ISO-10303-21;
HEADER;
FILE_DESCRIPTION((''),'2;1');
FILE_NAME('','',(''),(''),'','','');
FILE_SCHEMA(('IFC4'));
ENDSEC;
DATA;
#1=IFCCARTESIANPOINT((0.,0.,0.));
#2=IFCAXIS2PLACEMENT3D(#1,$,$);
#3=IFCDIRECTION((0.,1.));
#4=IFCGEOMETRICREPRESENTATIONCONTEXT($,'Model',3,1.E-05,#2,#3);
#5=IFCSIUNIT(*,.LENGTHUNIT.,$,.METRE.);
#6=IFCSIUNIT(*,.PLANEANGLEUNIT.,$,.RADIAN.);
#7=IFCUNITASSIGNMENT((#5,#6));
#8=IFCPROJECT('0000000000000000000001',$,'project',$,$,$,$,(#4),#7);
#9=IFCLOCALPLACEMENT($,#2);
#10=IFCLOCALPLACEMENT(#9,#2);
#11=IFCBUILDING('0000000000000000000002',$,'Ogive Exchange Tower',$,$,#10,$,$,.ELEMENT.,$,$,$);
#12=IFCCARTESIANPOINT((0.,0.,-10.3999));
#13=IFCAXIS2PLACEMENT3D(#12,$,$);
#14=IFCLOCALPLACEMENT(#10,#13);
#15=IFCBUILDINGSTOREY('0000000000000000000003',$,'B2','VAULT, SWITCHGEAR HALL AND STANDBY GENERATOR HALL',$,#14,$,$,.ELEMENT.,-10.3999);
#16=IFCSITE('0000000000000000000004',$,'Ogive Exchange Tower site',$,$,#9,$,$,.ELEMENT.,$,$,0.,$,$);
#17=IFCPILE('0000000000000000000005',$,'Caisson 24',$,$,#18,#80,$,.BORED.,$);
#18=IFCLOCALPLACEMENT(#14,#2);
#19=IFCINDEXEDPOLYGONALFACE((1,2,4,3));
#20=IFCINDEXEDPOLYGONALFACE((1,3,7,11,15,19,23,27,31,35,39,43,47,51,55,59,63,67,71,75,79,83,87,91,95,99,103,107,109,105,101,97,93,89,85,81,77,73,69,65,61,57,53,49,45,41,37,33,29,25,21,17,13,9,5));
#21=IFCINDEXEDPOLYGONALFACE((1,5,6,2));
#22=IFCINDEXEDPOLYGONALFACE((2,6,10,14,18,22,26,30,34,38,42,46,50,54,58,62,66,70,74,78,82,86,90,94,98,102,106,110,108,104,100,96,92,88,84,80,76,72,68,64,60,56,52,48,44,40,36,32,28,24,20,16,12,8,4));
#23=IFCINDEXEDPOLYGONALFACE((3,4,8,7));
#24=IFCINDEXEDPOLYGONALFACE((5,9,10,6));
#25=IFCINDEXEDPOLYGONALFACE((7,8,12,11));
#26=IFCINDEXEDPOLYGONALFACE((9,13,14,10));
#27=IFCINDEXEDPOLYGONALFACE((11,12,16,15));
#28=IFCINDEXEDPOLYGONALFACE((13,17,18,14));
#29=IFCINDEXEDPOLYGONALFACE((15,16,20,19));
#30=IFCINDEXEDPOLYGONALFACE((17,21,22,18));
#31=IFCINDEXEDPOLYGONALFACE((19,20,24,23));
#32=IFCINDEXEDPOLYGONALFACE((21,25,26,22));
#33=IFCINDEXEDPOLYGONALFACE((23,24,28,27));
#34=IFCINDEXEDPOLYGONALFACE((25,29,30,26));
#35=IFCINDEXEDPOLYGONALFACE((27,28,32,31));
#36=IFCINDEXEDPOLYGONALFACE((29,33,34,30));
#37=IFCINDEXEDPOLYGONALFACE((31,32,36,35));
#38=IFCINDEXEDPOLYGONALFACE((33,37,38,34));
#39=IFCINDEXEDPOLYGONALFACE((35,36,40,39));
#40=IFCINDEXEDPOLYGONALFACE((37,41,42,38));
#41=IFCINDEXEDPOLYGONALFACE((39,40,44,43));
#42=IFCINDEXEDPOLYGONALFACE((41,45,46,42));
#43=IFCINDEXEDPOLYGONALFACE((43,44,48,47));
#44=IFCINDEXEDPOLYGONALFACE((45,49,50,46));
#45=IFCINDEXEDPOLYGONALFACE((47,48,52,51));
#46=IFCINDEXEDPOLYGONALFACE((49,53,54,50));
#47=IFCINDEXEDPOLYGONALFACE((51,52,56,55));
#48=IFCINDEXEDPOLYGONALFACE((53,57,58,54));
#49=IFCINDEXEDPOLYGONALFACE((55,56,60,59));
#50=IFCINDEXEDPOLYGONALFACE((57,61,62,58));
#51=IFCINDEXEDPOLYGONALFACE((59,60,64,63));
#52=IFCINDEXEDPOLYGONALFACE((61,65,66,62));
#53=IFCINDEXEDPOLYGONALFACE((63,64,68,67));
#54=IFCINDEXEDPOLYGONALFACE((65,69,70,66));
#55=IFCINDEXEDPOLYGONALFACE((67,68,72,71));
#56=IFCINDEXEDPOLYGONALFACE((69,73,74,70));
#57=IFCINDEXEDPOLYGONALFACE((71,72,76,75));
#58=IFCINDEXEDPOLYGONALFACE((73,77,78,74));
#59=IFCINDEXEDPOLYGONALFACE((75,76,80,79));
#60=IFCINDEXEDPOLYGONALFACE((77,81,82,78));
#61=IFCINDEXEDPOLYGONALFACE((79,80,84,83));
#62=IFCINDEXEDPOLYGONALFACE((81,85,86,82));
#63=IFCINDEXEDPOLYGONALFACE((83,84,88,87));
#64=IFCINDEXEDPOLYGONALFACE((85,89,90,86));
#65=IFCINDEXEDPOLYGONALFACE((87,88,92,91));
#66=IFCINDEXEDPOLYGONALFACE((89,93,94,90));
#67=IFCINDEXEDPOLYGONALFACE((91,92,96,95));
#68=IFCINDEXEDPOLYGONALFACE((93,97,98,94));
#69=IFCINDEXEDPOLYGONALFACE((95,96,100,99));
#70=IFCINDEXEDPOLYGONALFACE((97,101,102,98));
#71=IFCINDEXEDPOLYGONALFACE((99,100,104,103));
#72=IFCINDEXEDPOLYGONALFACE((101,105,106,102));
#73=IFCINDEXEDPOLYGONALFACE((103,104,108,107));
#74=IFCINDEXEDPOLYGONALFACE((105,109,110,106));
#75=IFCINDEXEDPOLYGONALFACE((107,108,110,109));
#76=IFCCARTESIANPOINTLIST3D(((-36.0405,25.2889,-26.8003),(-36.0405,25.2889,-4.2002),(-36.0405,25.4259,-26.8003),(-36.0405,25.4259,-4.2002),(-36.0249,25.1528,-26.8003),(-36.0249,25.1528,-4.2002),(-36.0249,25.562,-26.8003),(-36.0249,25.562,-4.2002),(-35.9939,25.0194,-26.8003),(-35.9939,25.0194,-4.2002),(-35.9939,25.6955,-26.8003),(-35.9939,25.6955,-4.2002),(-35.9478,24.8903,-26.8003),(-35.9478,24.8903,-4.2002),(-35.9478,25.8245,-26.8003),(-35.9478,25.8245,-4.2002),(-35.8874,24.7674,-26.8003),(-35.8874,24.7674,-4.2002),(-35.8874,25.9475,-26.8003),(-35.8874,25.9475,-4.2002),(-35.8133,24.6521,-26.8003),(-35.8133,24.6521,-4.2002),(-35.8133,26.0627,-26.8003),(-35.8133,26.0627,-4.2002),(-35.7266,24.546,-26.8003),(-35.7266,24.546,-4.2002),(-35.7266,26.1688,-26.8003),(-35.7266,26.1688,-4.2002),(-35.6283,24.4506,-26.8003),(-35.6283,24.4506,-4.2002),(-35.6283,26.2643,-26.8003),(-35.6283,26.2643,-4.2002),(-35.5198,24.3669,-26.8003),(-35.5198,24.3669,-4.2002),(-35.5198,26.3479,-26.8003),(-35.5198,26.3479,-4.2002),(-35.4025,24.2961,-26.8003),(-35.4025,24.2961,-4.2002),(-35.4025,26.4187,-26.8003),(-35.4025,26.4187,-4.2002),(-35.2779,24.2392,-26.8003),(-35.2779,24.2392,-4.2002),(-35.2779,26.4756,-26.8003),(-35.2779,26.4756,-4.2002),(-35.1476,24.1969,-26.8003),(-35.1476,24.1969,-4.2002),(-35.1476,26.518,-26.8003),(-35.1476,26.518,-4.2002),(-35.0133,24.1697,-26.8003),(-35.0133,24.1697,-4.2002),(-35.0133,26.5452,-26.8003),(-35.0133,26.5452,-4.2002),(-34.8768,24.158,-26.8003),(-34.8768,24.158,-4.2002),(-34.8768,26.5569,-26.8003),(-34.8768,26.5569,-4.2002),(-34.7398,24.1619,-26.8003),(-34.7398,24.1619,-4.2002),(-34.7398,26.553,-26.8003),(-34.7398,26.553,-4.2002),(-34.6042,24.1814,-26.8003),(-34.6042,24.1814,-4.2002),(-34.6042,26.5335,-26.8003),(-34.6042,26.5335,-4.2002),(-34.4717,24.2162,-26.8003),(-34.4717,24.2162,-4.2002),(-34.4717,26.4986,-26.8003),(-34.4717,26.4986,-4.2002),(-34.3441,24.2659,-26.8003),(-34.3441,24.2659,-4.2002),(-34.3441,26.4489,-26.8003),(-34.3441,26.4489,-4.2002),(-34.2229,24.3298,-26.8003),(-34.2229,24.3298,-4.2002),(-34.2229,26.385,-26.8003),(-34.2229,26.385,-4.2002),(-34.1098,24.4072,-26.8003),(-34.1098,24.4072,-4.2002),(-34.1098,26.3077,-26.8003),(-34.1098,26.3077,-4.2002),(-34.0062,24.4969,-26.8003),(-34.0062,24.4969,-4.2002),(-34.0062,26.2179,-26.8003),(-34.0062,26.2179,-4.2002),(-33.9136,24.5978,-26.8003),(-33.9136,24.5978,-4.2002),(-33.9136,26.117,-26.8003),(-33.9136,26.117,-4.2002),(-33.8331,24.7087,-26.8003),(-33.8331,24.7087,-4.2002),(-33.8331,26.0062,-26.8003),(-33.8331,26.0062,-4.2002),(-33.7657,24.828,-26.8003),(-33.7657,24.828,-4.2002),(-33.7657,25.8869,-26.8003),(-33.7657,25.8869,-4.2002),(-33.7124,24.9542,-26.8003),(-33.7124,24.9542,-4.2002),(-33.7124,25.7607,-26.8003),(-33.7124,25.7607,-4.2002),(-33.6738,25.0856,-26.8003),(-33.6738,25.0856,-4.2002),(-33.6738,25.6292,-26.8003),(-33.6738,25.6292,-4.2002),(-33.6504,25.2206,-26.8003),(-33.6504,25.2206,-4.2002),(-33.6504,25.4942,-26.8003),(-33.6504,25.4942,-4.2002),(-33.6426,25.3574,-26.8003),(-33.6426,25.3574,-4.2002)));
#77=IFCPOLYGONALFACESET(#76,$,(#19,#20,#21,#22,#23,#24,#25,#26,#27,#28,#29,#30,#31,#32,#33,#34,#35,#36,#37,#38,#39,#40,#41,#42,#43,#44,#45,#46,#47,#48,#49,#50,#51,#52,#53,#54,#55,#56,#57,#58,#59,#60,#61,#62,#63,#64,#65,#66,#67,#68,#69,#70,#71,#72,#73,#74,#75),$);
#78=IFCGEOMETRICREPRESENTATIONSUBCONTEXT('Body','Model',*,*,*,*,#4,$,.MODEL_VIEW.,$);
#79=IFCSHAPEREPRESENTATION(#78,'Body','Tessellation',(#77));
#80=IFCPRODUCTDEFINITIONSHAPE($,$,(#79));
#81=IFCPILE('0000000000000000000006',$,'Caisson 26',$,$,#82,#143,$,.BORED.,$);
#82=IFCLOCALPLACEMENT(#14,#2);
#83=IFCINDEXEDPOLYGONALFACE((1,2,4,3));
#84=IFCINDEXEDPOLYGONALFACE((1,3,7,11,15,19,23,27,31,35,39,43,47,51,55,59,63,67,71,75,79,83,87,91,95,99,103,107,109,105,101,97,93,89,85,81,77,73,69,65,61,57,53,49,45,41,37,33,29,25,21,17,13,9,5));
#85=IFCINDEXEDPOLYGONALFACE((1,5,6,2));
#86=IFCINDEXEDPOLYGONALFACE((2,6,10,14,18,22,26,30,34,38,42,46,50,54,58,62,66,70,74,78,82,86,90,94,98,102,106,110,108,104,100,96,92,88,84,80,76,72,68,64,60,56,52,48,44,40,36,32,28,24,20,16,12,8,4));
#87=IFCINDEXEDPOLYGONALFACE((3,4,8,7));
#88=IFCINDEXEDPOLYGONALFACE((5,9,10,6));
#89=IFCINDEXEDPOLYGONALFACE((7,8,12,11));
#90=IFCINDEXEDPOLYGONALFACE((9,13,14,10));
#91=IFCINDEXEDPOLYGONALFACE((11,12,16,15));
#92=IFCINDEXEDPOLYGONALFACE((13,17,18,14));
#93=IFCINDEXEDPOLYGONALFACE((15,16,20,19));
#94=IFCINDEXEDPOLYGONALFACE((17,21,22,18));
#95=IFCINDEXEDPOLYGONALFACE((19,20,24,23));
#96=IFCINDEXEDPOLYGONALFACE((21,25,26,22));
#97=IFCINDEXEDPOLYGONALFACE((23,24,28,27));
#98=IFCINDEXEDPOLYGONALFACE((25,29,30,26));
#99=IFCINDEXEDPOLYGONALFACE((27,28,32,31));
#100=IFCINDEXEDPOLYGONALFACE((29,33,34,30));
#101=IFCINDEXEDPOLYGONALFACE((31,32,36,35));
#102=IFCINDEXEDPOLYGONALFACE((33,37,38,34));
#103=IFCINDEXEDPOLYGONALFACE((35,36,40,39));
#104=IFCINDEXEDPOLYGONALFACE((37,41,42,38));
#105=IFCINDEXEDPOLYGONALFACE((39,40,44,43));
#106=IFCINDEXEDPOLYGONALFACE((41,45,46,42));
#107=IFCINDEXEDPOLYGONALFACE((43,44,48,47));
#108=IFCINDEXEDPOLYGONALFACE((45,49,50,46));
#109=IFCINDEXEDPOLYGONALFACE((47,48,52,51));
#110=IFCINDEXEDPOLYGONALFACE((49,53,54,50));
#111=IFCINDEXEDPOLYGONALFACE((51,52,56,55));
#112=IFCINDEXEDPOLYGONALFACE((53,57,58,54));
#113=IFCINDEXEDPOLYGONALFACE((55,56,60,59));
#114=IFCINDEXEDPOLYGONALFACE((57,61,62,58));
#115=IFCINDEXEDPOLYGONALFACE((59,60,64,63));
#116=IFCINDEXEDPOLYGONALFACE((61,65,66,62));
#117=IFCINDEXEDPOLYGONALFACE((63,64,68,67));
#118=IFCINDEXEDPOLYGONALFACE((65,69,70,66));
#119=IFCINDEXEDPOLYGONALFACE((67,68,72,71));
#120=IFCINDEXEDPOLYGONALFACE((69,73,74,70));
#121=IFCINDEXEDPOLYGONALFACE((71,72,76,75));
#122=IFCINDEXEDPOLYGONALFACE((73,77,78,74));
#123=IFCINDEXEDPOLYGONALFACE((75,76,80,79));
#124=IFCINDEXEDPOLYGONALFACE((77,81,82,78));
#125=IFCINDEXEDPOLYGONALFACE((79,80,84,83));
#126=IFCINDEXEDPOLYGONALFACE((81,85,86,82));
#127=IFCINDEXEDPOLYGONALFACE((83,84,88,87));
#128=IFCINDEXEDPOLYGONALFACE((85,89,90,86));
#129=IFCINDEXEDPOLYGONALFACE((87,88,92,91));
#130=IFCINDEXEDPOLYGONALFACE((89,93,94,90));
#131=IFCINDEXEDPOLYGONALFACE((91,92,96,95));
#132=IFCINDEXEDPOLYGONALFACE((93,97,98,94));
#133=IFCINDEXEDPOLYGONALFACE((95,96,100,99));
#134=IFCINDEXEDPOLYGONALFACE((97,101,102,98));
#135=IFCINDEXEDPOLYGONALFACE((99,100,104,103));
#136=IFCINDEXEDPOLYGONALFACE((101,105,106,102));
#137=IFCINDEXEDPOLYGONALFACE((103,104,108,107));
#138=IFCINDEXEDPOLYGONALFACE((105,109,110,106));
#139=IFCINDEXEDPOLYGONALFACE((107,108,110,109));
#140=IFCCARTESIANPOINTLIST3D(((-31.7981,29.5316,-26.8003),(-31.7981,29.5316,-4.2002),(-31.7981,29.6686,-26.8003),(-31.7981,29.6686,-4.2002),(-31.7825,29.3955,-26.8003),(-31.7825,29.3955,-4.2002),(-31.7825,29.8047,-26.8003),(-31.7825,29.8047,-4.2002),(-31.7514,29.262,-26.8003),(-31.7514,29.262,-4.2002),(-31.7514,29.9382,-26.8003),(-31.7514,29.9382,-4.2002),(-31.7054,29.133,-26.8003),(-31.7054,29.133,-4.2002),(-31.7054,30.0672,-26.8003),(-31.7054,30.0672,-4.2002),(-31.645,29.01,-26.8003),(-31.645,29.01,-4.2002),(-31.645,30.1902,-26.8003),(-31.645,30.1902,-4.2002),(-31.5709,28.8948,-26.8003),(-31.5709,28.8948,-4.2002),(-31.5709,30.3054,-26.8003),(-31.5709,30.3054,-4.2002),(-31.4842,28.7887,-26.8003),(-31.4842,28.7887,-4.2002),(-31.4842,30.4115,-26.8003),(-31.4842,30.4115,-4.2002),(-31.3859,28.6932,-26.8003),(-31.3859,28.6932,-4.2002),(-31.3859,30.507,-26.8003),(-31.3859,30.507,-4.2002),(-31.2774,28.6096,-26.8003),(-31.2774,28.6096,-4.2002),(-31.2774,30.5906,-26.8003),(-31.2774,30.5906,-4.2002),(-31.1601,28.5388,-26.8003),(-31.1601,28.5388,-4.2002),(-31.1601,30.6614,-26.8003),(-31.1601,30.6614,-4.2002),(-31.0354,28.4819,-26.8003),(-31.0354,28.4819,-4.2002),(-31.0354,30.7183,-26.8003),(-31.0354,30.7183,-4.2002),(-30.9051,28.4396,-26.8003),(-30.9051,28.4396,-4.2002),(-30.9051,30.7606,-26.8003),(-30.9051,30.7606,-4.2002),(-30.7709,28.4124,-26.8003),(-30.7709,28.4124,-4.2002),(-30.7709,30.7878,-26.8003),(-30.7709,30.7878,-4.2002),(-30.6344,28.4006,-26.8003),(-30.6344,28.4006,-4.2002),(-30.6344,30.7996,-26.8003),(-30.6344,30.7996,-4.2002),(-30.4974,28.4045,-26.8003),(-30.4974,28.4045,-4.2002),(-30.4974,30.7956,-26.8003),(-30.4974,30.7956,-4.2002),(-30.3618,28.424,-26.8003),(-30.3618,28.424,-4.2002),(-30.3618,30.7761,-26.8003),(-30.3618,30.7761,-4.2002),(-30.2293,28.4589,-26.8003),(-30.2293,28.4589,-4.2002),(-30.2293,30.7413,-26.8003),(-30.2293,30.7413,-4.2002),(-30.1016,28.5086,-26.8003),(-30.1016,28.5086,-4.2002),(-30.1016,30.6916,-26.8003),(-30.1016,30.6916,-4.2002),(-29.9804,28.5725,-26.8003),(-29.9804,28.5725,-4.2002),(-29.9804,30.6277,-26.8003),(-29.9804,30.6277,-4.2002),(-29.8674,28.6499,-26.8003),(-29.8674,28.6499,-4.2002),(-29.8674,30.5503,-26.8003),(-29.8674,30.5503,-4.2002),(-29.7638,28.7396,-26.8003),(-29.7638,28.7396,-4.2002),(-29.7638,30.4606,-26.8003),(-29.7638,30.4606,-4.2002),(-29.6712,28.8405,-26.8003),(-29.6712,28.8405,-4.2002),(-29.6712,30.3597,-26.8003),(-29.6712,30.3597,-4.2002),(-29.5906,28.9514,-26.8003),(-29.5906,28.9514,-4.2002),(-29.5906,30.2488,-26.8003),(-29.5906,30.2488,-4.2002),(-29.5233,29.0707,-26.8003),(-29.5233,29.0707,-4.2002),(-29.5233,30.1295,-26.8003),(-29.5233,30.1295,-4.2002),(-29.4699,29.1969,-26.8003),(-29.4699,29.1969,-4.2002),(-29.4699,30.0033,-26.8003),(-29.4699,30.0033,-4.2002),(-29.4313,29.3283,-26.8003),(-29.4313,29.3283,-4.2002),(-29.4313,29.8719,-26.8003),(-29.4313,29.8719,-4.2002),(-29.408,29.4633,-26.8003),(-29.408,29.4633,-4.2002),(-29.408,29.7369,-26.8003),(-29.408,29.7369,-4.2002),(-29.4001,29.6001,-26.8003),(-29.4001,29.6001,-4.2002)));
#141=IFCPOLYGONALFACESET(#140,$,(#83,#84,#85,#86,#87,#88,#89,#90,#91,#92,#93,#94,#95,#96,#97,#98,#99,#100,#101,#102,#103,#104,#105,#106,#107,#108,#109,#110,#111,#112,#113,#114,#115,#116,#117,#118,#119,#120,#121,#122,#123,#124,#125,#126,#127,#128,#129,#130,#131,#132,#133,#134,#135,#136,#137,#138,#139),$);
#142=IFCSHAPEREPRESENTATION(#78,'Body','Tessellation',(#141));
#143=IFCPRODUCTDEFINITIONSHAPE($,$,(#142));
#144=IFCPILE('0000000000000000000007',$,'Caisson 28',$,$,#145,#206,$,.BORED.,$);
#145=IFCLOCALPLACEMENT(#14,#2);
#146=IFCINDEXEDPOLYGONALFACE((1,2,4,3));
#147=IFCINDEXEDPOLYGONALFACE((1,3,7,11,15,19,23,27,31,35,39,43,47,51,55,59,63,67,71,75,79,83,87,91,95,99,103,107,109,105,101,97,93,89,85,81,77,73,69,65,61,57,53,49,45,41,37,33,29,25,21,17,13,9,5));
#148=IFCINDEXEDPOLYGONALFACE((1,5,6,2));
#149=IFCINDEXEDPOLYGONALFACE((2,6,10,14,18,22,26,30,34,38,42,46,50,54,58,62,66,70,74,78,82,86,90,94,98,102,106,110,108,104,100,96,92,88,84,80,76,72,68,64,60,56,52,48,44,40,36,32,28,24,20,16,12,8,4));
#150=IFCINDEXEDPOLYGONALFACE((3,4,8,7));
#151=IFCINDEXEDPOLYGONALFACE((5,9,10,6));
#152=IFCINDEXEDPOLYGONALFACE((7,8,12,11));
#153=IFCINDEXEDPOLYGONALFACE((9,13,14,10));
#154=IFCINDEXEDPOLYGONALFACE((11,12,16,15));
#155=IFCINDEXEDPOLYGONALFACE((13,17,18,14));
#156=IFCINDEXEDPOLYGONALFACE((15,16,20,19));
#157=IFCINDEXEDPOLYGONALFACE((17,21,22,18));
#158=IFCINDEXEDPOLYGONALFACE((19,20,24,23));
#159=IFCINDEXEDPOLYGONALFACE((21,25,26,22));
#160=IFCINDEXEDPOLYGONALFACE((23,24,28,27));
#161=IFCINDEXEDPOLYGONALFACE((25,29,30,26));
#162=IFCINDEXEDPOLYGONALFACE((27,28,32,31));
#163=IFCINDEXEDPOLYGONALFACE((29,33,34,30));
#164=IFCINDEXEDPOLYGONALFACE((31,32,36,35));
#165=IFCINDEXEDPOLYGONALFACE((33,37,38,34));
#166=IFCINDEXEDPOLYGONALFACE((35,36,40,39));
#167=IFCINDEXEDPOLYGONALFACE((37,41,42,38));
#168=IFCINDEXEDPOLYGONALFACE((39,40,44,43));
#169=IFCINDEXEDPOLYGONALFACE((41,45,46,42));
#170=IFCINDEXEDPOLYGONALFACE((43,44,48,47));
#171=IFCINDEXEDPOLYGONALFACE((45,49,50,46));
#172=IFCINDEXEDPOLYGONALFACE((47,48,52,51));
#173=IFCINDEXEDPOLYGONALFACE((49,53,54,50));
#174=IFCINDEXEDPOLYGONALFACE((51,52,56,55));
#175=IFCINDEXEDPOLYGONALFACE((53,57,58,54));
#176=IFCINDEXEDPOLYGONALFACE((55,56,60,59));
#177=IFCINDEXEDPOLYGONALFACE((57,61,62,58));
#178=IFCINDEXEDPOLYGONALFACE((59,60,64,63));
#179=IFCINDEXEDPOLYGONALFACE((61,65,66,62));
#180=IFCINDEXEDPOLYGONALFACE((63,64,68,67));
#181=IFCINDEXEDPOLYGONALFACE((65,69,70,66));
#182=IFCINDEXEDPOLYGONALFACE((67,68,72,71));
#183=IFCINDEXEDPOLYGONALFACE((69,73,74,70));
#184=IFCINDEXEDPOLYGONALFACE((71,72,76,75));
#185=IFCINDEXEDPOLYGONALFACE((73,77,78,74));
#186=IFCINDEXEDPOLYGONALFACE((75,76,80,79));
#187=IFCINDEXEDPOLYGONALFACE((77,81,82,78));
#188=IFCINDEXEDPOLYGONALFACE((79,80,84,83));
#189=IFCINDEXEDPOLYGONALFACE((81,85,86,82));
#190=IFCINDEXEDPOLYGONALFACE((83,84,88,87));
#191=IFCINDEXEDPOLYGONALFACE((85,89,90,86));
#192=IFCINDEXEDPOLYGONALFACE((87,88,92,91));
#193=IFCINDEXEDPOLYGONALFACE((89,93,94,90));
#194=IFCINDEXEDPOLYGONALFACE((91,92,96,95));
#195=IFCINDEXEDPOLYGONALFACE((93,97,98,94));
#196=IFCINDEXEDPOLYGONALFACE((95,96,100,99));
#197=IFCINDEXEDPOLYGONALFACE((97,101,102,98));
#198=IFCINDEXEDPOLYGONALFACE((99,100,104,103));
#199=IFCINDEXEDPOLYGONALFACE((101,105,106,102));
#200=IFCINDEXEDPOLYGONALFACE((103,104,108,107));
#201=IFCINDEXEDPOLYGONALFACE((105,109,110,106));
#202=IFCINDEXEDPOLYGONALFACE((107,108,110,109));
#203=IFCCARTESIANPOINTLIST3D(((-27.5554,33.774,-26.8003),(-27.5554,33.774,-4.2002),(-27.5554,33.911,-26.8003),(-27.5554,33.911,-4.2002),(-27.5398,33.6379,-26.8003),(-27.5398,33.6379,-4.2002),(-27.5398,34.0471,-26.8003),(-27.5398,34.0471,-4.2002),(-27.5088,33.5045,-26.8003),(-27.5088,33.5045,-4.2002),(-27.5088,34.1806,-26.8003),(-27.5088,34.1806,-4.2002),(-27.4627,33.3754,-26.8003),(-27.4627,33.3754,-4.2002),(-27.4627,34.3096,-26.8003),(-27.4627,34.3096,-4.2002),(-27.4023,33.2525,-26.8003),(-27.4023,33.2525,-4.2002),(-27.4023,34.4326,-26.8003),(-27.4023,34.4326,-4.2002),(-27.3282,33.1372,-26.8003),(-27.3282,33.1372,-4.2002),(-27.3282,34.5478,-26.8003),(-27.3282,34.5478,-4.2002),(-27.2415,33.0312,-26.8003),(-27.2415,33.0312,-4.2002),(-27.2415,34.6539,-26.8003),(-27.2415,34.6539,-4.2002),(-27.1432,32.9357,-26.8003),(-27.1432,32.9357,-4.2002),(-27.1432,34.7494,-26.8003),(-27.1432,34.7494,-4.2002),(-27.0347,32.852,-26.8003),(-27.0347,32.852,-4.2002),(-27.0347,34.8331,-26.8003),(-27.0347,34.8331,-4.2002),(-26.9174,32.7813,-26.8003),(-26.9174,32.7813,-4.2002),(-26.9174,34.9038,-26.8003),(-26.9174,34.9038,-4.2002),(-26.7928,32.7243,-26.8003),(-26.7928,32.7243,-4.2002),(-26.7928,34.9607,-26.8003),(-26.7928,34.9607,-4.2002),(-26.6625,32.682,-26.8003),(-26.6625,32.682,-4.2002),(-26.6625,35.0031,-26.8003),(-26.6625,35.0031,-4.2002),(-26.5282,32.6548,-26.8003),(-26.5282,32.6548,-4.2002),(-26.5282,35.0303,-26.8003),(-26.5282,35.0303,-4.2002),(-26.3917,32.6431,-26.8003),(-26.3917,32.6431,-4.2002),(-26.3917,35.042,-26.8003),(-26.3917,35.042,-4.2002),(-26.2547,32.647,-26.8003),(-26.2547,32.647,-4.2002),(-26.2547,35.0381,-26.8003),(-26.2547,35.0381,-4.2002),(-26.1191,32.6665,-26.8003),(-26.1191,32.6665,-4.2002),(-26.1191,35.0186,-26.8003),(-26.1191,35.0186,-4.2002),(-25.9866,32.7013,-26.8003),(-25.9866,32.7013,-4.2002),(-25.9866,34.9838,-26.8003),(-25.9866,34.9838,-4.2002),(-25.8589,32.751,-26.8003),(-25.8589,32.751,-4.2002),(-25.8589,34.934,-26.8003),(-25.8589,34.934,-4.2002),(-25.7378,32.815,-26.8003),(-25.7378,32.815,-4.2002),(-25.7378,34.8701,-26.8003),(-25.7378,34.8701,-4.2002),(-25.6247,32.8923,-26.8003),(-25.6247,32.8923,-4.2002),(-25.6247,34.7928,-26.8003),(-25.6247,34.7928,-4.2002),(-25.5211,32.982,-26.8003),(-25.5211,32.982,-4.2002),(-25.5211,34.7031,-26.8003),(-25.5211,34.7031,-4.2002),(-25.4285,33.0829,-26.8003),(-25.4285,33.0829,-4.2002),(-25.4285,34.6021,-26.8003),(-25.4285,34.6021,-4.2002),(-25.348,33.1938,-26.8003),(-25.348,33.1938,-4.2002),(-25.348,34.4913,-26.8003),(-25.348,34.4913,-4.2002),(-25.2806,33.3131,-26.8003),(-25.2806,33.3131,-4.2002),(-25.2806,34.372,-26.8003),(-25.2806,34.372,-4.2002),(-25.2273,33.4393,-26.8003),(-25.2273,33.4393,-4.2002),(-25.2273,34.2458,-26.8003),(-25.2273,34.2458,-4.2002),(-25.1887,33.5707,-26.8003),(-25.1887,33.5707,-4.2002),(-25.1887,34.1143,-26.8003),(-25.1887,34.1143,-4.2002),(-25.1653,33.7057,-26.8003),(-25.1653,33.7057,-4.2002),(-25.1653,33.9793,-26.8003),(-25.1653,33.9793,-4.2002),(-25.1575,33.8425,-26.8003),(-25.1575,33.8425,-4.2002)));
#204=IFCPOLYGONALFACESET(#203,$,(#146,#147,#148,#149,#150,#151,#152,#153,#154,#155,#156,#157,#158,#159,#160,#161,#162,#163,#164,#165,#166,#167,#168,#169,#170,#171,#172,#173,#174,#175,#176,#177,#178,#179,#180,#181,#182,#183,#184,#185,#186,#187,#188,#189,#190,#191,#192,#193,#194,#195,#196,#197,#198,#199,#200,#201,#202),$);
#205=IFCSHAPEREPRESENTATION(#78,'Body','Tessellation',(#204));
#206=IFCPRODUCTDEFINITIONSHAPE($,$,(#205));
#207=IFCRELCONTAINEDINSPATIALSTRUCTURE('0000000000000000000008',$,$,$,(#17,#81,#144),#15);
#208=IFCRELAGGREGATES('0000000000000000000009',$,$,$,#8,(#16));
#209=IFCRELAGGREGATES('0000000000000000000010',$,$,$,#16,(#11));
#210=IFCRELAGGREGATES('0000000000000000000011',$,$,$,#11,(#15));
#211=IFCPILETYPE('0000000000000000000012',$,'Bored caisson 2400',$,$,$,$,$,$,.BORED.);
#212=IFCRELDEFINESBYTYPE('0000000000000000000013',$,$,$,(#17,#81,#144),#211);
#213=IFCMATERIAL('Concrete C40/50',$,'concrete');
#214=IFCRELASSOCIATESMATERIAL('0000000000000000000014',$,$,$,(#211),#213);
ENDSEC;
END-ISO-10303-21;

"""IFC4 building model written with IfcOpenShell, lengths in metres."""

from ifc_helpers import new_model, si_unit, direction, frame, origin, origin_2d, place, context, subcontext, project, spatial, circle, extrude, material, material_profile, profile_set, type_object, element, save


model = new_model("IFC4")

# Units and contexts
model_context = context("Model", 3, precision=1e-05, world=origin(), true_north=direction((0.0, 1.0)))
body_context = subcontext(model_context, "Body", "Model", "MODEL_VIEW")
ifc_project = project(units=[si_unit("LENGTHUNIT", "METRE"), si_unit("PLANEANGLEUNIT", "RADIAN")], contexts=[model_context])

# Site, building, storey
site_placement = place(None, origin())
site = spatial("IfcSite", under=ifc_project, at=site_placement, Name="Ogive Exchange Tower site", CompositionType="ELEMENT", RefElevation=0.0)
building_placement = place(site_placement, origin())
building = spatial("IfcBuilding", under=site, at=building_placement, Name="Ogive Exchange Tower", CompositionType="ELEMENT")
storey_placement = place(building_placement, frame((0.0, 0.0, -10.3999)))
storey = spatial("IfcBuildingStorey", under=building, at=storey_placement, Name="B2", Description="VAULT, SWITCHGEAR HALL AND STANDBY GENERATOR HALL", CompositionType="ELEMENT", Elevation=-10.3999)

# Piles
ifc_material_1 = material(Name="Concrete C40/50", Category="concrete")
ifc_material_profile_1 = material_profile(ifc_material_1, circle(Radius=1.2, at=origin_2d()), Name="RC caisson 2400")
ifc_profile_set_1 = profile_set([ifc_material_profile_1], Name="Concrete C40/50")
pile_type = type_object("IfcPileType", Name="Bored caisson 2400", PredefinedType="BORED", material=ifc_profile_set_1)
for number, where, z_axis, x_axis, name in (
    (1, (-34.8425, 25.3574, -4.2002), (0.0, 0.0, -1.0), (1.0, 0.0, 0.0), "Caisson 24"),
    (2, (-30.6001, 29.6001, -4.2002), (0.0, 0.0, -1.0), (1.0, 0.0, 0.0), "Caisson 26"),
    (3, (-26.3574, 33.8425, -4.2002), (0.0, 0.0, -1.0), (1.0, 0.0, 0.0), "Caisson 28"),
):
    element("IfcPile", number, at=place(storey_placement, frame(where, z_axis=z_axis, x_axis=x_axis)), inside=storey, type_object=pile_type, Name=name, PredefinedType="BORED", context=body_context, shape_type="SweptSolid", body=[
        extrude(circle(Radius=1.2, at=origin_2d()), origin(), (0.0, 0.0, 1.0), 22.6001),
    ])

save(model, "model.ifc")
